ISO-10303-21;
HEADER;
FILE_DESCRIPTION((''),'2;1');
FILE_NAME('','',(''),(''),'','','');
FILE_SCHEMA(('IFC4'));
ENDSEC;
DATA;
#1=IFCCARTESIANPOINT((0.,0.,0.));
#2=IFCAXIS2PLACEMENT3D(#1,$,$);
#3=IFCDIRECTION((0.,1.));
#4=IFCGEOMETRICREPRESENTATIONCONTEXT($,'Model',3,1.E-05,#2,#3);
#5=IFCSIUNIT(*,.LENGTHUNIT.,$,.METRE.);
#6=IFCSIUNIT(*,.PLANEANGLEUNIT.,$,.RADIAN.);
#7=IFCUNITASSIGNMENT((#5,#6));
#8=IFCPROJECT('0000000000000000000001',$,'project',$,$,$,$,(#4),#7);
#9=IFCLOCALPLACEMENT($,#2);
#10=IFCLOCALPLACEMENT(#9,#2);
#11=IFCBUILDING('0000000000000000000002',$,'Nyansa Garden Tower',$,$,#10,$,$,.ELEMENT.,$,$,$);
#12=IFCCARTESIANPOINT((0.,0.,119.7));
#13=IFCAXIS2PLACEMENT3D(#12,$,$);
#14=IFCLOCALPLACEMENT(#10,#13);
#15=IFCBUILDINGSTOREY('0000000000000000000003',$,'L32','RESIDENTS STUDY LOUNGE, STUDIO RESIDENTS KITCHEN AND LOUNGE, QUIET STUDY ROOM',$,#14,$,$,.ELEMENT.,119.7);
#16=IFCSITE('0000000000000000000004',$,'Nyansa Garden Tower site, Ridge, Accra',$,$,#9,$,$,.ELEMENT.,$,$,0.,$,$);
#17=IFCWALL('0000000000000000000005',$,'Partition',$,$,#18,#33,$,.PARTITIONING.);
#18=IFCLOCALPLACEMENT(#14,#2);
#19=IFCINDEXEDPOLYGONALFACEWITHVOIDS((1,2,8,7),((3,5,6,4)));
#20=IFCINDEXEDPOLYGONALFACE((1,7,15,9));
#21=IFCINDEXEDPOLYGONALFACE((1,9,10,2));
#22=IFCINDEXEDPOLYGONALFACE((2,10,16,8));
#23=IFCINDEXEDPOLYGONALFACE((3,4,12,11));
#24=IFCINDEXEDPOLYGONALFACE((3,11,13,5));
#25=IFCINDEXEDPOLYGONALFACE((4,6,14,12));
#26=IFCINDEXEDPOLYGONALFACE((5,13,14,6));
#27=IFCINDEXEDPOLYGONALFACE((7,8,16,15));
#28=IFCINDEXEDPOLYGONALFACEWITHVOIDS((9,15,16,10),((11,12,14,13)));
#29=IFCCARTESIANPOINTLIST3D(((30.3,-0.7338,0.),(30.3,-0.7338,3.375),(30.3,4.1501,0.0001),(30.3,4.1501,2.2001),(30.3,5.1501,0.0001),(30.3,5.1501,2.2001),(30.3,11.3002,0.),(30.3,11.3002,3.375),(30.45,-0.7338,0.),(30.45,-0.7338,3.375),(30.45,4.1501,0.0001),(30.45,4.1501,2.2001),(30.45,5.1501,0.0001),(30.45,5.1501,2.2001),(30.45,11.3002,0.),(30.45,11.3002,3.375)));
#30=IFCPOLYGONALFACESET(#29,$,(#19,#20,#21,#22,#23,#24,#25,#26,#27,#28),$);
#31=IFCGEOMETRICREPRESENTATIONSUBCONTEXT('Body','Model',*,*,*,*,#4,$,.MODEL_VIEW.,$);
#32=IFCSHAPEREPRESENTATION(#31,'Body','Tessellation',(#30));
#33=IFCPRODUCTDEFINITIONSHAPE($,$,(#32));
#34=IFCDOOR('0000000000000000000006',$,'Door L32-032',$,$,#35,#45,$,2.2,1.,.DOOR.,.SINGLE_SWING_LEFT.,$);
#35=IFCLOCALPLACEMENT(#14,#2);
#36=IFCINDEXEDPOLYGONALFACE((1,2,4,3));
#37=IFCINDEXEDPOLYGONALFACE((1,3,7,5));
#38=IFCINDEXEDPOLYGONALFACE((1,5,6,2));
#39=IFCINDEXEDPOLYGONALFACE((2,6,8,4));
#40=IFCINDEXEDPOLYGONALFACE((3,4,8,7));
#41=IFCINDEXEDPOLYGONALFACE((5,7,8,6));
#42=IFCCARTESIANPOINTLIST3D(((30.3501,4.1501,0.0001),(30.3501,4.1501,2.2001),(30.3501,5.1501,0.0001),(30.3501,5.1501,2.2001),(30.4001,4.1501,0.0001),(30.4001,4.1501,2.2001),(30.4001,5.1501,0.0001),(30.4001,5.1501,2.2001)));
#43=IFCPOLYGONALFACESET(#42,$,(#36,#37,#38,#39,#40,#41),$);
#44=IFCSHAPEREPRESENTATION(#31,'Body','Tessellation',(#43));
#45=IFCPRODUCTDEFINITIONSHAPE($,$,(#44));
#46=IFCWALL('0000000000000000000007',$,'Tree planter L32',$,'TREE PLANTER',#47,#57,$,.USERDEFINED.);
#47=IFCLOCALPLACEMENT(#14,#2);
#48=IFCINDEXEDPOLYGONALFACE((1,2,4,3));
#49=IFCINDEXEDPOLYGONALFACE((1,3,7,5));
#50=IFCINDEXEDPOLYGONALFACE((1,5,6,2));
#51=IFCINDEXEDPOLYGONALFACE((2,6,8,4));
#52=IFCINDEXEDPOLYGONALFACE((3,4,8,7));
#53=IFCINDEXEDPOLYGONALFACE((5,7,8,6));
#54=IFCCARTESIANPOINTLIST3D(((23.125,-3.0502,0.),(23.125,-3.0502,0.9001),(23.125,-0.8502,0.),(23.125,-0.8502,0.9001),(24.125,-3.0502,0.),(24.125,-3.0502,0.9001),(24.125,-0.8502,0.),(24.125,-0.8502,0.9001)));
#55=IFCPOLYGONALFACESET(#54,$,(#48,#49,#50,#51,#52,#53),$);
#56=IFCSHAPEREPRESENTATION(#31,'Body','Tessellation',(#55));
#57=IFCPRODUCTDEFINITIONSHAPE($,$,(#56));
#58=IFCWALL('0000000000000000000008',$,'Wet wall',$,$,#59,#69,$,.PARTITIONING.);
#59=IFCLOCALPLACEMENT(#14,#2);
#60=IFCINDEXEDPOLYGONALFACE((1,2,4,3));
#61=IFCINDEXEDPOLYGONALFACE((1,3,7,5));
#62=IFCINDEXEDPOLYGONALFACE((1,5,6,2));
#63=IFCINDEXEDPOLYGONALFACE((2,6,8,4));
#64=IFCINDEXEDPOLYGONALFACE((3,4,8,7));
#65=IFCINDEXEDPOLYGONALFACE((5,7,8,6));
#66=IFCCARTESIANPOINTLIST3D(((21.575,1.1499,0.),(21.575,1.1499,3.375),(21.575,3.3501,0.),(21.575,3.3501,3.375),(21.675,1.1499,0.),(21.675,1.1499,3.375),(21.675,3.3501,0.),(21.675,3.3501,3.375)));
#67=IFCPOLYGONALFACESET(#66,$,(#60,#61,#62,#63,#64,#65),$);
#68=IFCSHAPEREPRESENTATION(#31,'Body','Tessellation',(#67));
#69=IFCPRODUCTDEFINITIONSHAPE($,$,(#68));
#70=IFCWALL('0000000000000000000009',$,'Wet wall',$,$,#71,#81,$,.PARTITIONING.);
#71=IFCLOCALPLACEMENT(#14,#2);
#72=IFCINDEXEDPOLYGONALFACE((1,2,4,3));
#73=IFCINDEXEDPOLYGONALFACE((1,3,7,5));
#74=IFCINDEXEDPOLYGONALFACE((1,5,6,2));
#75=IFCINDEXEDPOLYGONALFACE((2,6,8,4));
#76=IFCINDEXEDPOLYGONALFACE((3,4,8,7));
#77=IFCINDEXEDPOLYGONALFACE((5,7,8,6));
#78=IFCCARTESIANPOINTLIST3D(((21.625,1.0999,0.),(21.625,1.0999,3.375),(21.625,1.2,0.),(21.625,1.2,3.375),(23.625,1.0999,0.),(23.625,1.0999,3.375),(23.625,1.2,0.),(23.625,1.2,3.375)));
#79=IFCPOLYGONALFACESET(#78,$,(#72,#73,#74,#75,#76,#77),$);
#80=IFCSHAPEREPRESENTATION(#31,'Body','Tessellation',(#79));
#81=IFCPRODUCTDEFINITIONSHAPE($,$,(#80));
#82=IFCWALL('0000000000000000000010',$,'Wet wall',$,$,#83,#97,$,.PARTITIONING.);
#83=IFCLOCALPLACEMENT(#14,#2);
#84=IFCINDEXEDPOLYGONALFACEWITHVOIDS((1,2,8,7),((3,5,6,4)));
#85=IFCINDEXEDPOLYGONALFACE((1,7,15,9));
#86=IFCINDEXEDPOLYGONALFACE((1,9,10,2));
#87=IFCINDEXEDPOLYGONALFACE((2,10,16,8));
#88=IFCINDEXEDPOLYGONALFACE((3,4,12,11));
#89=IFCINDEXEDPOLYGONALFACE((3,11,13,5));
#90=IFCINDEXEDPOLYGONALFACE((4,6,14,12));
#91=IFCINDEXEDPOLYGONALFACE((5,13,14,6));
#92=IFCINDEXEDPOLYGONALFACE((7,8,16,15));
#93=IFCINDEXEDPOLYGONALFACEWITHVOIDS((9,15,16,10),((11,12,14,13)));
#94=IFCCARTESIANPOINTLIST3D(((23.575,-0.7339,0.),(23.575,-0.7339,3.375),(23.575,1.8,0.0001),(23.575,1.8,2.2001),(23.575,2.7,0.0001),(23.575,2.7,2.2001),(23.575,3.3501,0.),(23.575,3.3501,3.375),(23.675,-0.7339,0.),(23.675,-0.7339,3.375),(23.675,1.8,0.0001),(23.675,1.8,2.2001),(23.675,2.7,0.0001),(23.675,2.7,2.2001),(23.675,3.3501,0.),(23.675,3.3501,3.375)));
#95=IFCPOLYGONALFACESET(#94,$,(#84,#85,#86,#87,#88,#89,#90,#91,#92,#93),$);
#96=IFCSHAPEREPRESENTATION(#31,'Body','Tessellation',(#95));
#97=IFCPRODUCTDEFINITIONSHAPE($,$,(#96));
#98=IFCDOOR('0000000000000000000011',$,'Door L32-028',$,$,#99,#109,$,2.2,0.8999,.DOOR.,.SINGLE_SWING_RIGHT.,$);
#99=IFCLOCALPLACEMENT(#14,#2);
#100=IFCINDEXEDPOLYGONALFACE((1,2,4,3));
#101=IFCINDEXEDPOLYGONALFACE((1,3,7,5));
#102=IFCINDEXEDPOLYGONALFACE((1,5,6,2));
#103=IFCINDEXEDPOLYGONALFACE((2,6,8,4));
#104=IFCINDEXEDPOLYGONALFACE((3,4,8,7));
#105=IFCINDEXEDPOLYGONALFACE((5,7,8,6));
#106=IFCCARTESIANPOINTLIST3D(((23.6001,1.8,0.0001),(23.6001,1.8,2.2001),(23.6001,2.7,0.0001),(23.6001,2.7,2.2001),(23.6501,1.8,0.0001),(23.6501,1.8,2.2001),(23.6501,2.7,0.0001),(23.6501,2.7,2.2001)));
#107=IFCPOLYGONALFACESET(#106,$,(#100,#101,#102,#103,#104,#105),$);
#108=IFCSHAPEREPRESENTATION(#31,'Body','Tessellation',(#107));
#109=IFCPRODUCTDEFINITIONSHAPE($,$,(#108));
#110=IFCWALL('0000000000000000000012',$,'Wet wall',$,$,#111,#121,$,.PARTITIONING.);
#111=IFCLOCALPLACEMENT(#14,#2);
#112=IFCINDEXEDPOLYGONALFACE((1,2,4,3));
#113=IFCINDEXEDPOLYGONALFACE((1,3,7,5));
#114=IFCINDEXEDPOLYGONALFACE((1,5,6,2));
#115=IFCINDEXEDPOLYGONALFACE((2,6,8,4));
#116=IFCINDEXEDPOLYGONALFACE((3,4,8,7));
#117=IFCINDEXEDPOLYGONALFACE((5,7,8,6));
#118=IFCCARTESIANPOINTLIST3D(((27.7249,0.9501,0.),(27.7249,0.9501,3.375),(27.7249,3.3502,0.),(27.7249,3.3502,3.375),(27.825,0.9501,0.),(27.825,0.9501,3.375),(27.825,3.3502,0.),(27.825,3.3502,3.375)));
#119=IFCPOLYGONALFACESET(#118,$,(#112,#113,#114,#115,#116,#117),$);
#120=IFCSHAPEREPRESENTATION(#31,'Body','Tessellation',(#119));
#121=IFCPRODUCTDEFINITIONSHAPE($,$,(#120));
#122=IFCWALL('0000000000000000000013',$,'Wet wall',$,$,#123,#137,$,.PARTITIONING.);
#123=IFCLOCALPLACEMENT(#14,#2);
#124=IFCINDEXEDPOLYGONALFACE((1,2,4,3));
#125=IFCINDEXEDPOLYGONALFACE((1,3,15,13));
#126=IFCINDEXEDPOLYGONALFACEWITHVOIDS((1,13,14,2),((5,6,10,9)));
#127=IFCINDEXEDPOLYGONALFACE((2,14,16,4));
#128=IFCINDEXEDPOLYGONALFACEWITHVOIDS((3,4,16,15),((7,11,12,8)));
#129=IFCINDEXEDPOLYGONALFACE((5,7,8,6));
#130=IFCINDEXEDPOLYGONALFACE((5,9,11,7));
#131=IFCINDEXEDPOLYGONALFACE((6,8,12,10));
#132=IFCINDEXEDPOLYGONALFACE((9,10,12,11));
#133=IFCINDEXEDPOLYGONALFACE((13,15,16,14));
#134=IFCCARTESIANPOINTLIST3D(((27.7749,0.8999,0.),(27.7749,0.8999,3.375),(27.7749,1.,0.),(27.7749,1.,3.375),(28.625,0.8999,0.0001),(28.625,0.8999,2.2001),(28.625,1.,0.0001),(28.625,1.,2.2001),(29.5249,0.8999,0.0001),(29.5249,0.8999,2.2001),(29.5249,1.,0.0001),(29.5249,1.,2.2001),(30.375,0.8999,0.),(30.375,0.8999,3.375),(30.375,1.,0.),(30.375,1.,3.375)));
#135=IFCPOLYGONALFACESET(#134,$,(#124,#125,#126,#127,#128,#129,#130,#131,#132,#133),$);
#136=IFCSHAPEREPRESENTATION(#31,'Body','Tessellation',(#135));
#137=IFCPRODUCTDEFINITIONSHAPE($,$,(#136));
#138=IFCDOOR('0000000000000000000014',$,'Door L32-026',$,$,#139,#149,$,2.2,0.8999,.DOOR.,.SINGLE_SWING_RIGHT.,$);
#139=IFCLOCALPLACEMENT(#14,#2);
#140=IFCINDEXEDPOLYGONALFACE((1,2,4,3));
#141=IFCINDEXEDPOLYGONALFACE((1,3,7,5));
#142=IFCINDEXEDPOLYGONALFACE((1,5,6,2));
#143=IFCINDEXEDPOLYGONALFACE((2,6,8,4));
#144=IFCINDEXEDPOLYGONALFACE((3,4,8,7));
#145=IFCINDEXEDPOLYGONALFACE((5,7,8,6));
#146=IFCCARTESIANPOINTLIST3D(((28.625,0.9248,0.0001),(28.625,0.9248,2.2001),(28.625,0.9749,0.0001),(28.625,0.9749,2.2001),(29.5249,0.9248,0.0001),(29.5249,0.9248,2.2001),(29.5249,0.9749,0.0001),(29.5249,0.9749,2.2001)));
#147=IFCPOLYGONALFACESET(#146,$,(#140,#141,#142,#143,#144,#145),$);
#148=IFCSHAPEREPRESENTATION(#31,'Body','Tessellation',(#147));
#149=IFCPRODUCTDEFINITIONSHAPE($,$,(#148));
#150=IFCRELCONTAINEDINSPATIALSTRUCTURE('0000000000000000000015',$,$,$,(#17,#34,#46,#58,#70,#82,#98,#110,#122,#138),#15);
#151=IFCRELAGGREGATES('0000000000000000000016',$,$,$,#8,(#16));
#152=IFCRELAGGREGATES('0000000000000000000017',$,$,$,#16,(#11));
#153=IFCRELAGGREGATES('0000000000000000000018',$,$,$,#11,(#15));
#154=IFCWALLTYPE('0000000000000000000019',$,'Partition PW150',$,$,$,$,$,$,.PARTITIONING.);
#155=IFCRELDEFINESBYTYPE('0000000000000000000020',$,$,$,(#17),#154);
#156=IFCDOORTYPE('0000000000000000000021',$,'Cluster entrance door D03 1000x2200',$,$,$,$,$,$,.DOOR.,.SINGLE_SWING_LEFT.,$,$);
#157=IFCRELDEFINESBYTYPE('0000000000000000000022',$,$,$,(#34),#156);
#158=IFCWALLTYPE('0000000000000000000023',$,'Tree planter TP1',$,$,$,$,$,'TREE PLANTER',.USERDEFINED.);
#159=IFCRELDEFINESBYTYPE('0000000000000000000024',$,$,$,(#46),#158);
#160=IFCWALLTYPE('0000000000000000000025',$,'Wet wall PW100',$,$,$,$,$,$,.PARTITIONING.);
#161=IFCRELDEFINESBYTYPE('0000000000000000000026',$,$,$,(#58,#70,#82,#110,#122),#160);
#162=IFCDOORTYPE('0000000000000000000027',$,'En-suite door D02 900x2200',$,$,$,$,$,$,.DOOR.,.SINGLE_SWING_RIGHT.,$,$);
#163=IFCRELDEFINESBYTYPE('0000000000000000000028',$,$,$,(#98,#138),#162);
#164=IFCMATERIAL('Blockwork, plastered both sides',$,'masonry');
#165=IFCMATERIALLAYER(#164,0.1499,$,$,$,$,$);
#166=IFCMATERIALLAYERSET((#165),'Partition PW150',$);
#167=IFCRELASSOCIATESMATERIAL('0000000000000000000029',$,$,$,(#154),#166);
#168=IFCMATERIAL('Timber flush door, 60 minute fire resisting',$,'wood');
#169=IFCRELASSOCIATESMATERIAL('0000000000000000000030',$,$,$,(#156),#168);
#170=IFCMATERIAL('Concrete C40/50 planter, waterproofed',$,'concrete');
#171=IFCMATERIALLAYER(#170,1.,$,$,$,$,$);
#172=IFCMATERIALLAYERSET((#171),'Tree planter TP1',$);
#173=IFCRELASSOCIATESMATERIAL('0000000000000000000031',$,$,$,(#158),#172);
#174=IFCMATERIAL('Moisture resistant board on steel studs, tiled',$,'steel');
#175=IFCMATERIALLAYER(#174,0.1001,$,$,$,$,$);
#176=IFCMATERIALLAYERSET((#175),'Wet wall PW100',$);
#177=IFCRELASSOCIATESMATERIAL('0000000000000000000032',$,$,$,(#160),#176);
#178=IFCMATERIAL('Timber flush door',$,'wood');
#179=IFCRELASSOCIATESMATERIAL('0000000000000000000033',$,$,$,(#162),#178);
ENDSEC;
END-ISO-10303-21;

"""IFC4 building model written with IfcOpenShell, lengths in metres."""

from ifc_helpers import new_model, si_unit, direction, frame, frame_2d, origin, place, context, subcontext, project, spatial, rectangle, extrude, material, layer, layer_set, type_object, element, fill, save


model = new_model("IFC4")

# Units and contexts
model_context = context("Model", 3, precision=1e-05, world=origin(), true_north=direction((0.0, 1.0)))
body_context = subcontext(model_context, "Body", "Model", "MODEL_VIEW")
ifc_project = project(units=[si_unit("LENGTHUNIT", "METRE"), si_unit("PLANEANGLEUNIT", "RADIAN")], contexts=[model_context])

# Site, building, storey
site_placement = place(None, origin())
site = spatial("IfcSite", under=ifc_project, at=site_placement, Name="Nyansa Garden Tower site, Ridge, Accra", CompositionType="ELEMENT", RefElevation=0.0)
building_placement = place(site_placement, origin())
building = spatial("IfcBuilding", under=site, at=building_placement, Name="Nyansa Garden Tower", CompositionType="ELEMENT")
storey_placement = place(building_placement, frame((0.0, 0.0, 119.7)))
storey = spatial("IfcBuildingStorey", under=building, at=storey_placement, Name="L32", Description="RESIDENTS STUDY LOUNGE, STUDIO RESIDENTS KITCHEN AND LOUNGE, QUIET STUDY ROOM", CompositionType="ELEMENT", Elevation=119.7)

# Shared definitions
ifc_material_1 = material(Name="Blockwork, plastered both sides", Category="masonry")
ifc_layer_1 = layer(ifc_material_1, 0.1499)
ifc_layer_set_1 = layer_set([ifc_layer_1], Name="Partition PW150")
wall_type_1 = type_object("IfcWallType", Name="Partition PW150", PredefinedType="PARTITIONING", material=ifc_layer_set_1)

# Wall, opening, door
wall_1_placement = place(storey_placement, frame((30.375, -0.7339, 0.0), z_axis=(0.0, 0.0, 1.0), x_axis=(0.0, 1.0, 0.0)))
wall_1 = element("IfcWall", 1, at=wall_1_placement, inside=storey, type_object=wall_type_1, Name="Partition", PredefinedType="PARTITIONING", context=body_context, shape_type="SweptSolid", body=[
    extrude(rectangle(XDim=12.0339, YDim=0.1499, at=frame_2d((6.0171, 0.0))), origin(), (0.0, 0.0, 1.0), 3.375),
])
opening_1_placement = place(wall_1_placement, frame((4.884, 0.0, 0.0)))
opening_1 = element("IfcOpeningElement", 2, at=opening_1_placement, cuts=wall_1, PredefinedType="OPENING", context=body_context, shape_type="SweptSolid", body=[
    extrude(rectangle(XDim=1.0, YDim=2.2, at=frame_2d((0.5, 1.1001))), frame((0.0, 0.085, 0.0), z_axis=(0.0, -1.0, 0.0), x_axis=(1.0, 0.0, 0.0)), (0.0, 0.0, 1.0), 0.1699),
])
ifc_material_2 = material(Name="Timber flush door, 60 minute fire resisting", Category="wood")
door_type_1 = type_object("IfcDoorType", Name="Cluster entrance door D03 1000x2200", OperationType="SINGLE_SWING_LEFT", PredefinedType="DOOR", material=ifc_material_2)
door_1_placement = place(opening_1_placement, origin())
door_1 = element("IfcDoor", 3, at=door_1_placement, inside=storey, type_object=door_type_1, Name="Door L32-032", OperationType="SINGLE_SWING_LEFT", OverallHeight=2.2, OverallWidth=1.0, PredefinedType="DOOR", context=body_context, shape_type="SweptSolid", body=[
    extrude(rectangle(XDim=1.0, YDim=2.2, at=frame_2d((0.5, 1.1001))), frame((0.0, 0.0249, 0.0), z_axis=(0.0, -1.0, 0.0), x_axis=(1.0, 0.0, 0.0)), (0.0, 0.0, 1.0), 0.05),
])
fill(opening_1, door_1)

# Walls
ifc_material_3 = material(Name="Concrete C40/50 planter, waterproofed", Category="concrete")
ifc_layer_2 = layer(ifc_material_3, 1.0)
ifc_layer_set_2 = layer_set([ifc_layer_2], Name="Tree planter TP1")
wall_type_2 = type_object("IfcWallType", Name="Tree planter TP1", ElementType="TREE PLANTER", PredefinedType="USERDEFINED", material=ifc_layer_set_2)
wall_2_placement = place(storey_placement, frame((23.625, -0.8501, 0.0), z_axis=(0.0, 0.0, 1.0), x_axis=(0.0, -1.0, 0.0)))
element("IfcWall", 4, at=wall_2_placement, inside=storey, type_object=wall_type_2, Name="Tree planter L32", ObjectType="TREE PLANTER", PredefinedType="USERDEFINED", context=body_context, shape_type="SweptSolid", body=[
    extrude(rectangle(XDim=2.2, YDim=1.0, at=frame_2d((1.1001, 0.0))), origin(), (0.0, 0.0, 1.0), 0.9001),
])
ifc_material_4 = material(Name="Moisture resistant board on steel studs, tiled", Category="steel")
ifc_layer_3 = layer(ifc_material_4, 0.1001)
ifc_layer_set_3 = layer_set([ifc_layer_3], Name="Wet wall PW100")
wall_type_3 = type_object("IfcWallType", Name="Wet wall PW100", PredefinedType="PARTITIONING", material=ifc_layer_set_3)
wall_3_placement = place(storey_placement, frame((21.625, 1.1499, 0.0), z_axis=(0.0, 0.0, 1.0), x_axis=(0.0, 1.0, 0.0)))
element("IfcWall", 5, at=wall_3_placement, inside=storey, type_object=wall_type_3, Name="Wet wall", PredefinedType="PARTITIONING", context=body_context, shape_type="SweptSolid", body=[
    extrude(rectangle(XDim=2.2002, YDim=0.1001, at=frame_2d((1.1001, 0.0))), origin(), (0.0, 0.0, 1.0), 3.375),
])
wall_4_placement = place(storey_placement, frame((21.625, 1.1499, 0.0), z_axis=(0.0, 0.0, 1.0), x_axis=(1.0, 0.0, 0.0)))
element("IfcWall", 6, at=wall_4_placement, inside=storey, type_object=wall_type_3, Name="Wet wall", PredefinedType="PARTITIONING", context=body_context, shape_type="SweptSolid", body=[
    extrude(rectangle(XDim=2.0, YDim=0.1001, at=frame_2d((1.0, 0.0))), origin(), (0.0, 0.0, 1.0), 3.375),
])

# Wall, opening, door
wall_5_placement = place(storey_placement, frame((23.625, -0.7339, 0.0), z_axis=(0.0, 0.0, 1.0), x_axis=(0.0, 1.0, 0.0)))
wall_5 = element("IfcWall", 7, at=wall_5_placement, inside=storey, type_object=wall_type_3, Name="Wet wall", PredefinedType="PARTITIONING", context=body_context, shape_type="SweptSolid", body=[
    extrude(rectangle(XDim=4.084, YDim=0.1001, at=frame_2d((2.042, 0.0))), origin(), (0.0, 0.0, 1.0), 3.375),
])
opening_2_placement = place(wall_5_placement, frame((2.5339, 0.0, 0.0)))
opening_2 = element("IfcOpeningElement", 8, at=opening_2_placement, cuts=wall_5, PredefinedType="OPENING", context=body_context, shape_type="SweptSolid", body=[
    extrude(rectangle(XDim=0.8999, YDim=2.2, at=frame_2d((0.45, 1.1001))), frame((0.0, 0.0601, 0.0), z_axis=(0.0, -1.0, 0.0), x_axis=(1.0, 0.0, 0.0)), (0.0, 0.0, 1.0), 0.1201),
])
ifc_material_5 = material(Name="Timber flush door", Category="wood")
door_type_2 = type_object("IfcDoorType", Name="En-suite door D02 900x2200", OperationType="SINGLE_SWING_RIGHT", PredefinedType="DOOR", material=ifc_material_5)
door_2_placement = place(opening_2_placement, origin())
door_2 = element("IfcDoor", 9, at=door_2_placement, inside=storey, type_object=door_type_2, Name="Door L32-028", OperationType="SINGLE_SWING_RIGHT", OverallHeight=2.2, OverallWidth=0.8999, PredefinedType="DOOR", context=body_context, shape_type="SweptSolid", body=[
    extrude(rectangle(XDim=0.8999, YDim=2.2, at=frame_2d((0.45, 1.1001))), frame((0.0, 0.0249, 0.0), z_axis=(0.0, -1.0, 0.0), x_axis=(1.0, 0.0, 0.0)), (0.0, 0.0, 1.0), 0.05),
])
fill(opening_2, door_2)

# Wall
wall_6_placement = place(storey_placement, frame((27.7749, 0.95, 0.0), z_axis=(0.0, 0.0, 1.0), x_axis=(0.0, 1.0, 0.0)))
element("IfcWall", 10, at=wall_6_placement, inside=storey, type_object=wall_type_3, Name="Wet wall", PredefinedType="PARTITIONING", context=body_context, shape_type="SweptSolid", body=[
    extrude(rectangle(XDim=2.4001, YDim=0.1001, at=frame_2d((1.2002, 0.0))), origin(), (0.0, 0.0, 1.0), 3.375),
])

# Wall, opening, door
wall_7_placement = place(storey_placement, frame((27.7749, 0.95, 0.0), z_axis=(0.0, 0.0, 1.0), x_axis=(1.0, 0.0, 0.0)))
wall_7 = element("IfcWall", 11, at=wall_7_placement, inside=storey, type_object=wall_type_3, Name="Wet wall", PredefinedType="PARTITIONING", context=body_context, shape_type="SweptSolid", body=[
    extrude(rectangle(XDim=2.6001, YDim=0.1001, at=frame_2d((1.3, 0.0))), origin(), (0.0, 0.0, 1.0), 3.375),
])
opening_3_placement = place(wall_7_placement, frame((0.8501, 0.0, 0.0)))
opening_3 = element("IfcOpeningElement", 12, at=opening_3_placement, cuts=wall_7, PredefinedType="OPENING", context=body_context, shape_type="SweptSolid", body=[
    extrude(rectangle(XDim=0.8999, YDim=2.2, at=frame_2d((0.45, 1.1001))), frame((0.0, 0.0601, 0.0), z_axis=(0.0, -1.0, 0.0), x_axis=(1.0, 0.0, 0.0)), (0.0, 0.0, 1.0), 0.1201),
])
door_3_placement = place(opening_3_placement, origin())
door_3 = element("IfcDoor", 13, at=door_3_placement, inside=storey, type_object=door_type_2, Name="Door L32-026", OperationType="SINGLE_SWING_RIGHT", OverallHeight=2.2, OverallWidth=0.8999, PredefinedType="DOOR", context=body_context, shape_type="SweptSolid", body=[
    extrude(rectangle(XDim=0.8999, YDim=2.2, at=frame_2d((0.45, 1.1001))), frame((0.0, 0.0249, 0.0), z_axis=(0.0, -1.0, 0.0), x_axis=(1.0, 0.0, 0.0)), (0.0, 0.0, 1.0), 0.05),
])
fill(opening_3, door_3)

save(model, "model.ifc")
